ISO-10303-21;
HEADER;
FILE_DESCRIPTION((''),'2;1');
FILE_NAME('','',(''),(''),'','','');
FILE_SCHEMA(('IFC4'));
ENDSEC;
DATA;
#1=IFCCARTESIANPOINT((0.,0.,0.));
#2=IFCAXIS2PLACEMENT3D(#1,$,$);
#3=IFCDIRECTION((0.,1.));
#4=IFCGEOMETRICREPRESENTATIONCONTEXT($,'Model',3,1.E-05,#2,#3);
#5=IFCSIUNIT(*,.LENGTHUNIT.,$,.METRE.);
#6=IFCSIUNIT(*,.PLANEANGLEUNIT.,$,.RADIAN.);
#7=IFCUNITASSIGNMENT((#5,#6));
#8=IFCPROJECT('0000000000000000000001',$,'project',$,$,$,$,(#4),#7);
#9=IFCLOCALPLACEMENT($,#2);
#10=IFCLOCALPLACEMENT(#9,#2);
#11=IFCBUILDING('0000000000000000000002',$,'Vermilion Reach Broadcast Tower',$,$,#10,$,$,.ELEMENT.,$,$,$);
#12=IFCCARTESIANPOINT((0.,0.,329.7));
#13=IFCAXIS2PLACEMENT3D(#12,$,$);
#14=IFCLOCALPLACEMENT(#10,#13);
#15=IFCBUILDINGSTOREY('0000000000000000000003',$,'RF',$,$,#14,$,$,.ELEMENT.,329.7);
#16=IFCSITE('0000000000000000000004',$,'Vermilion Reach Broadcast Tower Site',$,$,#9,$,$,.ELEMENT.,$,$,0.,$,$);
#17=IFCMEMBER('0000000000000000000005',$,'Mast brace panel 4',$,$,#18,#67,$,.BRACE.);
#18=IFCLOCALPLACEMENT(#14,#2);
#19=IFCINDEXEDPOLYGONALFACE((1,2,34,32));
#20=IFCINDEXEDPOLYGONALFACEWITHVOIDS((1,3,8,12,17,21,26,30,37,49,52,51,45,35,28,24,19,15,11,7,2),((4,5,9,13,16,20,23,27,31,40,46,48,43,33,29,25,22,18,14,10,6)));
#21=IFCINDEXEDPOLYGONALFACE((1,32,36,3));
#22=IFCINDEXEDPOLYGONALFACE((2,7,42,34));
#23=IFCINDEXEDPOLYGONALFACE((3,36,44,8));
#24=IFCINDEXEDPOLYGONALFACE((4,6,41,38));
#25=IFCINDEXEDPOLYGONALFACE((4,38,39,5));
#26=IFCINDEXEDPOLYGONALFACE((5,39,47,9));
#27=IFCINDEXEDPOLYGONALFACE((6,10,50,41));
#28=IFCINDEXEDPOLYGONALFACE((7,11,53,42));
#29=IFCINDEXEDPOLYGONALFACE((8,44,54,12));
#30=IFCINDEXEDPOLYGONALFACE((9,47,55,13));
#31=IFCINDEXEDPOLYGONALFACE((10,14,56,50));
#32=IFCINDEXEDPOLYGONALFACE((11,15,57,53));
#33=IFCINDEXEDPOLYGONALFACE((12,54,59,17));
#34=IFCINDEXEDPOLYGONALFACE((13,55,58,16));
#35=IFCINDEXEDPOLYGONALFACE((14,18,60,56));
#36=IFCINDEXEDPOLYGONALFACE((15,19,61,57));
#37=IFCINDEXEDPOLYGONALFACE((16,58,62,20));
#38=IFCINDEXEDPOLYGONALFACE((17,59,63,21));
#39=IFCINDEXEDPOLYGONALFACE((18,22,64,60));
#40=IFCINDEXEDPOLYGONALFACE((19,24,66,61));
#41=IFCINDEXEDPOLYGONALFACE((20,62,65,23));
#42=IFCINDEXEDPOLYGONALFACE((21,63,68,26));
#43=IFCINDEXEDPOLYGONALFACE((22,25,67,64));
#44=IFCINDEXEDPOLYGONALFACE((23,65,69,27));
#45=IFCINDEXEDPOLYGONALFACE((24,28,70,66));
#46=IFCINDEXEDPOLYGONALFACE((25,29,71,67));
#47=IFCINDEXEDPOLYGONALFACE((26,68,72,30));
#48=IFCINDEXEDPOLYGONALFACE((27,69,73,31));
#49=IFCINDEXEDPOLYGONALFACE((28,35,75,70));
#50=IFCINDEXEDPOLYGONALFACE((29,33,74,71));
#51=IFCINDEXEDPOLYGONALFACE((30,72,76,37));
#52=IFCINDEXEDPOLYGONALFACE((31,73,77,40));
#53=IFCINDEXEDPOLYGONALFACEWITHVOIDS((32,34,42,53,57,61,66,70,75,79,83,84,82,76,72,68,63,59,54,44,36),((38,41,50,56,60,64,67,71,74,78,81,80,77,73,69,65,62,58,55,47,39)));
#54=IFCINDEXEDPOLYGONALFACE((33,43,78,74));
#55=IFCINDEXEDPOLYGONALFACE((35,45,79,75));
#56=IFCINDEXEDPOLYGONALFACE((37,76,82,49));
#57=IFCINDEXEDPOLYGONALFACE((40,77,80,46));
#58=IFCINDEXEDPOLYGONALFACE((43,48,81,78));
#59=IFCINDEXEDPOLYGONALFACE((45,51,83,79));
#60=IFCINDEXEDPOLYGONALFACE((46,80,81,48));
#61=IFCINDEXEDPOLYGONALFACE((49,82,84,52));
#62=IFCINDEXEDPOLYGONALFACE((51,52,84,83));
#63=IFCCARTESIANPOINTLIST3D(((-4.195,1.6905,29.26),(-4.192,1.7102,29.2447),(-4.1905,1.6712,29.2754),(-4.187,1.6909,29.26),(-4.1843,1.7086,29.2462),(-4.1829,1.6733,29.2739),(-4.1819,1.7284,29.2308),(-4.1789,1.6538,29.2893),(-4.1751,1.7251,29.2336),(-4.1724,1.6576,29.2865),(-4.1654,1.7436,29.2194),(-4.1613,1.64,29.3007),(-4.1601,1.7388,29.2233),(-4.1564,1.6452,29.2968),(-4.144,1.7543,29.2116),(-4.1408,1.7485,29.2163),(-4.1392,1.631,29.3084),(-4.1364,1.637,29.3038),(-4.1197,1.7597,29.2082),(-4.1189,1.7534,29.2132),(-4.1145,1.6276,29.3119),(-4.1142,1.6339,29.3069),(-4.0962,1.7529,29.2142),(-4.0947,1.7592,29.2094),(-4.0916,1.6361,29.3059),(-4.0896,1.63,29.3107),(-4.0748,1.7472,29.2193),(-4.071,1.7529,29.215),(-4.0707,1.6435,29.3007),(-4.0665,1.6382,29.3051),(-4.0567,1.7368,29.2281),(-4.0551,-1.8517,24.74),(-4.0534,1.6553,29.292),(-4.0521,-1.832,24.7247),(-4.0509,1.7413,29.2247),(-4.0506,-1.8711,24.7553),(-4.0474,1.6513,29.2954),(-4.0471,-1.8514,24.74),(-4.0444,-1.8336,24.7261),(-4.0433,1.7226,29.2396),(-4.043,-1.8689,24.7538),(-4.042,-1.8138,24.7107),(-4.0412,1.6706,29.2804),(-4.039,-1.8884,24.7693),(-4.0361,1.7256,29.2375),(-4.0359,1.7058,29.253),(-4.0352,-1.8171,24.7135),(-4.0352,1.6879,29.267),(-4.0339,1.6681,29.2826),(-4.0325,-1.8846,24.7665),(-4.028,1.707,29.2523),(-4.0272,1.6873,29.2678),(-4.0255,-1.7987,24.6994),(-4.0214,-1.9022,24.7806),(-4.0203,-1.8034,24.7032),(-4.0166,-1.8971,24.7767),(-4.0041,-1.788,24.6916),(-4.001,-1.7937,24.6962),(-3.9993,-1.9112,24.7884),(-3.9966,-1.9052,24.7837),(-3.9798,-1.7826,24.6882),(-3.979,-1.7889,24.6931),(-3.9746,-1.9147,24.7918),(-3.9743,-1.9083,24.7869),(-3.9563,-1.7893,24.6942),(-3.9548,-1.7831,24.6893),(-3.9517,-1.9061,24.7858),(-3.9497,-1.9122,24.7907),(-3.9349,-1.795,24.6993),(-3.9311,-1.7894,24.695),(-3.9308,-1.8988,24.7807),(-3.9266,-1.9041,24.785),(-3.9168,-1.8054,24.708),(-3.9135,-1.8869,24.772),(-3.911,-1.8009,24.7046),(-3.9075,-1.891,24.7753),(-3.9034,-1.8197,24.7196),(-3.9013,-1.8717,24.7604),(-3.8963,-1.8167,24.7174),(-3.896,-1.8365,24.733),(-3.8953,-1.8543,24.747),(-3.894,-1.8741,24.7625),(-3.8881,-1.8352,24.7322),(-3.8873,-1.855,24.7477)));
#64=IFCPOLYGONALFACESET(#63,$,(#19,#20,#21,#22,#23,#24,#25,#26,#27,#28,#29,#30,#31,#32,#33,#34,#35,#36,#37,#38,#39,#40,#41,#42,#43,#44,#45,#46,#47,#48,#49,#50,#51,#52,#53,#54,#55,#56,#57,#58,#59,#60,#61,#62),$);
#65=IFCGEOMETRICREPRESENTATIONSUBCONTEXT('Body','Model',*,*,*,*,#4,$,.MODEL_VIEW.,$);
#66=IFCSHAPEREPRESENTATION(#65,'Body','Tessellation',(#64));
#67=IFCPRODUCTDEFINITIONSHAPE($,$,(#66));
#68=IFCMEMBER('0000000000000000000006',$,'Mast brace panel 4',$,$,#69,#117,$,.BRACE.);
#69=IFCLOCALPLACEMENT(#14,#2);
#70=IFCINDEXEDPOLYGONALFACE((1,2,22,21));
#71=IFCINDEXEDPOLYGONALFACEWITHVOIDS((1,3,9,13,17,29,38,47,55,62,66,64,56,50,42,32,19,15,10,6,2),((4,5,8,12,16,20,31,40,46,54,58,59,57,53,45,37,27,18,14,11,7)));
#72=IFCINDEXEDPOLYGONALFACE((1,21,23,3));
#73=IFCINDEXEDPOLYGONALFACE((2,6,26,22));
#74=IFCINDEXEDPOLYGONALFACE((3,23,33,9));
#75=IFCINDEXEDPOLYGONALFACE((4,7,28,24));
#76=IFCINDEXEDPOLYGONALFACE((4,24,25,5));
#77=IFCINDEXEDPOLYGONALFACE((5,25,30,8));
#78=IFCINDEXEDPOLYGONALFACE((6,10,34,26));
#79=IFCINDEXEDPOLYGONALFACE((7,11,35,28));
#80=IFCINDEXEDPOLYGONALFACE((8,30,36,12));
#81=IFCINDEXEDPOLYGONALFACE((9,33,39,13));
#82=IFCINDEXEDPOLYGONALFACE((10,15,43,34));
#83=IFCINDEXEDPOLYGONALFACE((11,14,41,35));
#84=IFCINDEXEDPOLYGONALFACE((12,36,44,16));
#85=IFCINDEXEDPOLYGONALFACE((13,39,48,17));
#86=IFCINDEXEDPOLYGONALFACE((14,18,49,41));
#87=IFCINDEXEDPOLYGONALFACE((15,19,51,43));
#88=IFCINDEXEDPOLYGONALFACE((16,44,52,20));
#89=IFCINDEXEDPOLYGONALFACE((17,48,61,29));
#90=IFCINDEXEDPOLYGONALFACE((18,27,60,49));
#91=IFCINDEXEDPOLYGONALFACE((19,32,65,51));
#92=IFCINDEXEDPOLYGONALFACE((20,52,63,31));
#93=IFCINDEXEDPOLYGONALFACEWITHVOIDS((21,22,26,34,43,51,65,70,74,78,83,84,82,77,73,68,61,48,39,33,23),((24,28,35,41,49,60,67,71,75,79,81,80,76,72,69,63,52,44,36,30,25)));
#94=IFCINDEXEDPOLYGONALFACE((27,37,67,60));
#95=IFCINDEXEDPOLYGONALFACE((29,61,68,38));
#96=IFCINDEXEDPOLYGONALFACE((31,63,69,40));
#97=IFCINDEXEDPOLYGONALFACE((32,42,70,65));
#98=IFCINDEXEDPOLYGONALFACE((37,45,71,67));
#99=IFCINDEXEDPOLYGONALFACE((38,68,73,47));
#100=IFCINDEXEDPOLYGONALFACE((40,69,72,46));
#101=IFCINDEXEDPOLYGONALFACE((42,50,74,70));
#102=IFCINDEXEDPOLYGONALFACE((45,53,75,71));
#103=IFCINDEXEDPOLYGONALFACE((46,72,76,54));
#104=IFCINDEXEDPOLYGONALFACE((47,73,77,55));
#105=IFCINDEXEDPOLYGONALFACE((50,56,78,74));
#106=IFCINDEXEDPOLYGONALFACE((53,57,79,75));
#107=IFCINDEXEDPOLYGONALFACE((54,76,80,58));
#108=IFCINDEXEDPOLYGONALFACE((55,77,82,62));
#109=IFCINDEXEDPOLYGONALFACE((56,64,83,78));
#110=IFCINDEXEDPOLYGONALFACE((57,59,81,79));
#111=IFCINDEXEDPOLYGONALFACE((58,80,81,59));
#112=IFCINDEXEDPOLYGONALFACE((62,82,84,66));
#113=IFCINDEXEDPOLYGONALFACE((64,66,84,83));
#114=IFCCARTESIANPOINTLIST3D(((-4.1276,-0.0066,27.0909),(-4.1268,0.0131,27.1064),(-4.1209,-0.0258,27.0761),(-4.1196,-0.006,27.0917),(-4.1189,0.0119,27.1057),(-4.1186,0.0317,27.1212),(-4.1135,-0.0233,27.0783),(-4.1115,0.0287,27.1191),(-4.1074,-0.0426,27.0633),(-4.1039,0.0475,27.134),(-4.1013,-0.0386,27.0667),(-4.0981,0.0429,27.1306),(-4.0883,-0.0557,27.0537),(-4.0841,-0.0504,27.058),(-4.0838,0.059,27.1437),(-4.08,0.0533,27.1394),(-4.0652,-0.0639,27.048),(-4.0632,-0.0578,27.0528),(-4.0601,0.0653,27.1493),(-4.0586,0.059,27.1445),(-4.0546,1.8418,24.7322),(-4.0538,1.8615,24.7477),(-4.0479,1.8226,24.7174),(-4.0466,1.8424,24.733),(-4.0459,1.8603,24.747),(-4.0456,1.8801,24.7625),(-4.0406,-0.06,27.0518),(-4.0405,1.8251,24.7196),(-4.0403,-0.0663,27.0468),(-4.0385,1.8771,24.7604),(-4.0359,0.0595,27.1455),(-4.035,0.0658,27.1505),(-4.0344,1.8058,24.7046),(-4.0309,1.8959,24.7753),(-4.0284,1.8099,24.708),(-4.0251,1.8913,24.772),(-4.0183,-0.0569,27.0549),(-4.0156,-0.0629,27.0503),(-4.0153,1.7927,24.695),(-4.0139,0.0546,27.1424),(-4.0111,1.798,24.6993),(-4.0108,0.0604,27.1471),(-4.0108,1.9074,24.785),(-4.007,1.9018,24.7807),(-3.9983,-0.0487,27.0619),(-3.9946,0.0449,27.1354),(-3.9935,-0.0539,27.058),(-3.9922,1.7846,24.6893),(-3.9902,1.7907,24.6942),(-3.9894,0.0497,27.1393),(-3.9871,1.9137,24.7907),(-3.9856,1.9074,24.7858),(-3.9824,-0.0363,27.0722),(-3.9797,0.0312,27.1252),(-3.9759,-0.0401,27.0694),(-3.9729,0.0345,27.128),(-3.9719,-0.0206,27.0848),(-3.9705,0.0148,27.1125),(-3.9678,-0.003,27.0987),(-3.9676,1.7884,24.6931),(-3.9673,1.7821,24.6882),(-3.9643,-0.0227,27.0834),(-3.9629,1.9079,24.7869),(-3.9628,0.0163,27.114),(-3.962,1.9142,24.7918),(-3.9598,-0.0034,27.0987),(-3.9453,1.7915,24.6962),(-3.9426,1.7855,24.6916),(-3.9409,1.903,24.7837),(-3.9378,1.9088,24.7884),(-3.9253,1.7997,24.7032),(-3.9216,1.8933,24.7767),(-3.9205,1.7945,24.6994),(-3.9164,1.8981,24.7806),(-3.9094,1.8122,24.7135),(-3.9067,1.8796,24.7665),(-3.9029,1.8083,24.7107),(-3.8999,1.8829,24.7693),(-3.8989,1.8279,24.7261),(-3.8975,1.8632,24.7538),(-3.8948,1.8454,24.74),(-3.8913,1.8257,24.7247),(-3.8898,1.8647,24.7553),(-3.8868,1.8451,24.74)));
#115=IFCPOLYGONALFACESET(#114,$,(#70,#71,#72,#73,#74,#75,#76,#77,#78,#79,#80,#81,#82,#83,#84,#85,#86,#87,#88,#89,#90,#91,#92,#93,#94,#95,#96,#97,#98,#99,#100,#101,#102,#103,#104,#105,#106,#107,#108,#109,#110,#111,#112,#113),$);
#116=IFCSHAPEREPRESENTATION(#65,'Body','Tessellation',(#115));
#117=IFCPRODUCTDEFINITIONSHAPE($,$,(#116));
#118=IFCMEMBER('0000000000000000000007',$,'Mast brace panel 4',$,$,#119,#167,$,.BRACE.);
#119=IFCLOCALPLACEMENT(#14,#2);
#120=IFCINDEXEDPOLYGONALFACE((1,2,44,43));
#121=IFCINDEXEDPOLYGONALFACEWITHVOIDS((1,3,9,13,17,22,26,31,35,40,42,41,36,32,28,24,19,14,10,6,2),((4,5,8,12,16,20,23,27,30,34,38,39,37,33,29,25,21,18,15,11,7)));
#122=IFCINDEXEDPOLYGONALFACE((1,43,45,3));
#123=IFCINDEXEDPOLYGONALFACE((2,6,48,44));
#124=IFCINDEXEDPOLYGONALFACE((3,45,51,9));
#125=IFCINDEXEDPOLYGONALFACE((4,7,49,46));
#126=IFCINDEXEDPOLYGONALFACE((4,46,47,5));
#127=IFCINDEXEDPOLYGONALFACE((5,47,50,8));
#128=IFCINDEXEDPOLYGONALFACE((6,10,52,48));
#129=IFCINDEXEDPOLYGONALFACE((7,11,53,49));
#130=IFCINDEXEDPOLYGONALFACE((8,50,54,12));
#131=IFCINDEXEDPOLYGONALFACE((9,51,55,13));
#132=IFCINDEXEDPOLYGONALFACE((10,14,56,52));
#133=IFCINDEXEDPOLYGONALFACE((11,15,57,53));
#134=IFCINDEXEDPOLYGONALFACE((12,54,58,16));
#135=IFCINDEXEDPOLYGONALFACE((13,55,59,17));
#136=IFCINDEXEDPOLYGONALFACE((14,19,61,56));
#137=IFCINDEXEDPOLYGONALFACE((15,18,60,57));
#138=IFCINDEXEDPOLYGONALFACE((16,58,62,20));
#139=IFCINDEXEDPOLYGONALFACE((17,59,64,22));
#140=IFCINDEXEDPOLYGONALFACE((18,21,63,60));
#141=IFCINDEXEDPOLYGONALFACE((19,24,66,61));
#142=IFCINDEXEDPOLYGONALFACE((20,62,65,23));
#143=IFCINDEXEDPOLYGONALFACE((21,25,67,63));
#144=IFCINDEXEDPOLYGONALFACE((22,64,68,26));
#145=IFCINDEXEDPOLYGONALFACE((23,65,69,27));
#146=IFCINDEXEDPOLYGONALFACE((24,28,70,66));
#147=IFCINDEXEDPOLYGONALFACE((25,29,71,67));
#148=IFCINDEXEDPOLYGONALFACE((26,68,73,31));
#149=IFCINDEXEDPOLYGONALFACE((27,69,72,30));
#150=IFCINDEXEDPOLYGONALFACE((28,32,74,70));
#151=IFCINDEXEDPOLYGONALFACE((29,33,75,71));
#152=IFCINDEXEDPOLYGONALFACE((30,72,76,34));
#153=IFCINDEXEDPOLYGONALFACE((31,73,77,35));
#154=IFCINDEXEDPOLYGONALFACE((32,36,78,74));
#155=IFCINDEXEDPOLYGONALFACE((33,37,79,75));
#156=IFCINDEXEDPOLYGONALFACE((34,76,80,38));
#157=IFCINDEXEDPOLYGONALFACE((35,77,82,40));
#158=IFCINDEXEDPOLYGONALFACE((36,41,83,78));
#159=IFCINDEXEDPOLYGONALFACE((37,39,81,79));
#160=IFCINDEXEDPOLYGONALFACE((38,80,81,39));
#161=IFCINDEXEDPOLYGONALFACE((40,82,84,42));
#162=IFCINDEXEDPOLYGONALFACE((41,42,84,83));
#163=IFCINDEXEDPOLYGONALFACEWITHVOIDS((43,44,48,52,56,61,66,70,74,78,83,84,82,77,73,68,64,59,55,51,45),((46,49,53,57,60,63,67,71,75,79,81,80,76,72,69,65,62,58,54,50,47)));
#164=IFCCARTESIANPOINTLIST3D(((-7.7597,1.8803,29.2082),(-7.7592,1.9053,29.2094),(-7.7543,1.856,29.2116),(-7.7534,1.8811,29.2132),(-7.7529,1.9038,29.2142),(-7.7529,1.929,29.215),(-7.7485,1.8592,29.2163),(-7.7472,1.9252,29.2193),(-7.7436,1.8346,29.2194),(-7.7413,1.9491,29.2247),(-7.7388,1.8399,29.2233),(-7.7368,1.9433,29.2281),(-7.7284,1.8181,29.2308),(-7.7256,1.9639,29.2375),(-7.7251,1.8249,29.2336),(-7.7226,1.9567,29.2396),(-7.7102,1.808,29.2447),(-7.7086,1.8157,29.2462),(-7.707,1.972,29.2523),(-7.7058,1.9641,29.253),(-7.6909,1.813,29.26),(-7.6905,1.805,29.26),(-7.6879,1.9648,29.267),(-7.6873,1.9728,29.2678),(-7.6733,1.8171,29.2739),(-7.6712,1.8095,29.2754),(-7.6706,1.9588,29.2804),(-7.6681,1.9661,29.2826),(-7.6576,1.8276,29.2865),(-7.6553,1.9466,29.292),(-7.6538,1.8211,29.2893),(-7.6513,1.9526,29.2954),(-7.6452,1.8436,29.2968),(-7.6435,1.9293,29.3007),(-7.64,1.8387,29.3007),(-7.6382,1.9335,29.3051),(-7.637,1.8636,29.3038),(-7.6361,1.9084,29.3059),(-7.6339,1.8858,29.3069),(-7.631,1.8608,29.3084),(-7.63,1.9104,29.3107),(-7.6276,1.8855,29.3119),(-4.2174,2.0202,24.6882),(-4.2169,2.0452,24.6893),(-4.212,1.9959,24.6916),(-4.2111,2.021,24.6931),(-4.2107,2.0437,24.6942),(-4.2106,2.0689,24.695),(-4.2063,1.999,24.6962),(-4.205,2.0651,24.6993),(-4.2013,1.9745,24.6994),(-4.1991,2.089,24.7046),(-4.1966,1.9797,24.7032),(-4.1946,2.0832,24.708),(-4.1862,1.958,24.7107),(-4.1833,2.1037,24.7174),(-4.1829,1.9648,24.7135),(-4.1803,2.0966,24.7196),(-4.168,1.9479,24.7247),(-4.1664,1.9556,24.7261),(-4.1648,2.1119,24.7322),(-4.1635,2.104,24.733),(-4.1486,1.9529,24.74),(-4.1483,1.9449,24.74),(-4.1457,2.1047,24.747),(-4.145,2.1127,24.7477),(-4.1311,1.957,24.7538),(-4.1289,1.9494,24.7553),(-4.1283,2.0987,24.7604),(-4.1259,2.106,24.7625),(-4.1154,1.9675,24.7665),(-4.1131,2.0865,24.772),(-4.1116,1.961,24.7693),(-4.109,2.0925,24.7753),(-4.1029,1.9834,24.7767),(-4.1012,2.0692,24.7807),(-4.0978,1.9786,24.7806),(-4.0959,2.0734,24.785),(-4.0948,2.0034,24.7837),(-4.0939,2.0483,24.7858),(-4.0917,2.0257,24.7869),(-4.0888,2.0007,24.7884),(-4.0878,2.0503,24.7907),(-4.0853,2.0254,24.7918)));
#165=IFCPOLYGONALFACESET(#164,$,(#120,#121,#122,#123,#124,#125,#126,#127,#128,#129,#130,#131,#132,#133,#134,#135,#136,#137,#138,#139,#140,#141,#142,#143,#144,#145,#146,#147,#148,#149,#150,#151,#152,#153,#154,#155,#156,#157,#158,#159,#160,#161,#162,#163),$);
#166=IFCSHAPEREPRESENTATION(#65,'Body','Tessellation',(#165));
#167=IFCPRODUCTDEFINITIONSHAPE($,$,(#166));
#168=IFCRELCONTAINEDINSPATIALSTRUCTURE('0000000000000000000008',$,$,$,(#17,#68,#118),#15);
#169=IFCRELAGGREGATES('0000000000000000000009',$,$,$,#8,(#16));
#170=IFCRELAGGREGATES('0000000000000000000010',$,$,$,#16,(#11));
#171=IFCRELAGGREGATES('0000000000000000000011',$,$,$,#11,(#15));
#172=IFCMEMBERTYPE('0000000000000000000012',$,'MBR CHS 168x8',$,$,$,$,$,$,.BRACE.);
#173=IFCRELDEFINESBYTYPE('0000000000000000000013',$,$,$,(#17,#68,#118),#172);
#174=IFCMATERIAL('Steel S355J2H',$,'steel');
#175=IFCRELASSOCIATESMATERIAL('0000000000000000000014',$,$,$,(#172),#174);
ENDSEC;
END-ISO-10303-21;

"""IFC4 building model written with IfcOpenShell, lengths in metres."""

from ifc_helpers import new_model, si_unit, direction, frame, origin, origin_2d, place, context, subcontext, project, spatial, hollow_circle, extrude, material, material_profile, profile_set, type_object, element, save


model = new_model("IFC4")

# Units and contexts
model_context = context("Model", 3, precision=1e-05, world=origin(), true_north=direction((0.0, 1.0)))
body_context = subcontext(model_context, "Body", "Model", "MODEL_VIEW")
ifc_project = project(units=[si_unit("LENGTHUNIT", "METRE"), si_unit("PLANEANGLEUNIT", "RADIAN")], contexts=[model_context])

# Site, building, storey
site_placement = place(None, origin())
site = spatial("IfcSite", under=ifc_project, at=site_placement, Name="Vermilion Reach Broadcast Tower Site", CompositionType="ELEMENT", RefElevation=0.0)
building_placement = place(site_placement, origin())
building = spatial("IfcBuilding", under=site, at=building_placement, Name="Vermilion Reach Broadcast Tower", CompositionType="ELEMENT")
storey_placement = place(building_placement, frame((0.0, 0.0, 329.7)))
storey = spatial("IfcBuildingStorey", under=building, at=storey_placement, Name="RF", CompositionType="ELEMENT", Elevation=329.7)

# Members
ifc_material_1 = material(Name="Steel S355J2H", Category="steel")
ifc_material_profile_1 = material_profile(ifc_material_1, hollow_circle(Radius=0.0842, WallThickness=0.0081, at=origin_2d()), Name="S355J2H CHS 168x8")
ifc_profile_set_1 = profile_set([ifc_material_profile_1], Name="Steel S355J2H")
member_type_1 = type_object("IfcMemberType", Name="MBR CHS 168x8", PredefinedType="BRACE", material=ifc_profile_set_1)
member_1_placement = place(storey_placement, frame((-3.9709, -1.8484, 24.74), z_axis=(-0.024353, 0.616647, 0.786863), x_axis=(-0.999221, -0.039462, 0.0)))
element("IfcMember", 1, at=member_1_placement, inside=storey, type_object=member_type_1, Name="Mast brace panel 4", PredefinedType="BRACE", context=body_context, shape_type="SweptSolid", body=[
    extrude(hollow_circle(Radius=0.0842, WallThickness=0.0081, at=origin_2d()), origin(), (0.0, 0.0, 1.0), 5.7444),
])
member_2_placement = place(storey_placement, frame((-3.9709, 1.8484, 24.74), z_axis=(-0.024353, -0.616641, 0.786867), x_axis=(0.999221, -0.039462, 0.0)))
element("IfcMember", 2, at=member_2_placement, inside=storey, type_object=member_type_1, Name="Mast brace panel 4", PredefinedType="BRACE", context=body_context, shape_type="SweptSolid", body=[
    extrude(hollow_circle(Radius=0.0842, WallThickness=0.0081, at=origin_2d()), origin(), (0.0, 0.0, 1.0), 2.9976),
])
member_3_placement = place(storey_placement, frame((-4.1516, 2.0291, 24.74), z_axis=(-0.616647, -0.024353, 0.786863), x_axis=(0.039462, -0.999221, 0.0)))
element("IfcMember", 3, at=member_3_placement, inside=storey, type_object=member_type_1, Name="Mast brace panel 4", PredefinedType="BRACE", context=body_context, shape_type="SweptSolid", body=[
    extrude(hollow_circle(Radius=0.0842, WallThickness=0.0081, at=origin_2d()), origin(), (0.0, 0.0, 1.0), 5.7444),
])

save(model, "model.ifc")
